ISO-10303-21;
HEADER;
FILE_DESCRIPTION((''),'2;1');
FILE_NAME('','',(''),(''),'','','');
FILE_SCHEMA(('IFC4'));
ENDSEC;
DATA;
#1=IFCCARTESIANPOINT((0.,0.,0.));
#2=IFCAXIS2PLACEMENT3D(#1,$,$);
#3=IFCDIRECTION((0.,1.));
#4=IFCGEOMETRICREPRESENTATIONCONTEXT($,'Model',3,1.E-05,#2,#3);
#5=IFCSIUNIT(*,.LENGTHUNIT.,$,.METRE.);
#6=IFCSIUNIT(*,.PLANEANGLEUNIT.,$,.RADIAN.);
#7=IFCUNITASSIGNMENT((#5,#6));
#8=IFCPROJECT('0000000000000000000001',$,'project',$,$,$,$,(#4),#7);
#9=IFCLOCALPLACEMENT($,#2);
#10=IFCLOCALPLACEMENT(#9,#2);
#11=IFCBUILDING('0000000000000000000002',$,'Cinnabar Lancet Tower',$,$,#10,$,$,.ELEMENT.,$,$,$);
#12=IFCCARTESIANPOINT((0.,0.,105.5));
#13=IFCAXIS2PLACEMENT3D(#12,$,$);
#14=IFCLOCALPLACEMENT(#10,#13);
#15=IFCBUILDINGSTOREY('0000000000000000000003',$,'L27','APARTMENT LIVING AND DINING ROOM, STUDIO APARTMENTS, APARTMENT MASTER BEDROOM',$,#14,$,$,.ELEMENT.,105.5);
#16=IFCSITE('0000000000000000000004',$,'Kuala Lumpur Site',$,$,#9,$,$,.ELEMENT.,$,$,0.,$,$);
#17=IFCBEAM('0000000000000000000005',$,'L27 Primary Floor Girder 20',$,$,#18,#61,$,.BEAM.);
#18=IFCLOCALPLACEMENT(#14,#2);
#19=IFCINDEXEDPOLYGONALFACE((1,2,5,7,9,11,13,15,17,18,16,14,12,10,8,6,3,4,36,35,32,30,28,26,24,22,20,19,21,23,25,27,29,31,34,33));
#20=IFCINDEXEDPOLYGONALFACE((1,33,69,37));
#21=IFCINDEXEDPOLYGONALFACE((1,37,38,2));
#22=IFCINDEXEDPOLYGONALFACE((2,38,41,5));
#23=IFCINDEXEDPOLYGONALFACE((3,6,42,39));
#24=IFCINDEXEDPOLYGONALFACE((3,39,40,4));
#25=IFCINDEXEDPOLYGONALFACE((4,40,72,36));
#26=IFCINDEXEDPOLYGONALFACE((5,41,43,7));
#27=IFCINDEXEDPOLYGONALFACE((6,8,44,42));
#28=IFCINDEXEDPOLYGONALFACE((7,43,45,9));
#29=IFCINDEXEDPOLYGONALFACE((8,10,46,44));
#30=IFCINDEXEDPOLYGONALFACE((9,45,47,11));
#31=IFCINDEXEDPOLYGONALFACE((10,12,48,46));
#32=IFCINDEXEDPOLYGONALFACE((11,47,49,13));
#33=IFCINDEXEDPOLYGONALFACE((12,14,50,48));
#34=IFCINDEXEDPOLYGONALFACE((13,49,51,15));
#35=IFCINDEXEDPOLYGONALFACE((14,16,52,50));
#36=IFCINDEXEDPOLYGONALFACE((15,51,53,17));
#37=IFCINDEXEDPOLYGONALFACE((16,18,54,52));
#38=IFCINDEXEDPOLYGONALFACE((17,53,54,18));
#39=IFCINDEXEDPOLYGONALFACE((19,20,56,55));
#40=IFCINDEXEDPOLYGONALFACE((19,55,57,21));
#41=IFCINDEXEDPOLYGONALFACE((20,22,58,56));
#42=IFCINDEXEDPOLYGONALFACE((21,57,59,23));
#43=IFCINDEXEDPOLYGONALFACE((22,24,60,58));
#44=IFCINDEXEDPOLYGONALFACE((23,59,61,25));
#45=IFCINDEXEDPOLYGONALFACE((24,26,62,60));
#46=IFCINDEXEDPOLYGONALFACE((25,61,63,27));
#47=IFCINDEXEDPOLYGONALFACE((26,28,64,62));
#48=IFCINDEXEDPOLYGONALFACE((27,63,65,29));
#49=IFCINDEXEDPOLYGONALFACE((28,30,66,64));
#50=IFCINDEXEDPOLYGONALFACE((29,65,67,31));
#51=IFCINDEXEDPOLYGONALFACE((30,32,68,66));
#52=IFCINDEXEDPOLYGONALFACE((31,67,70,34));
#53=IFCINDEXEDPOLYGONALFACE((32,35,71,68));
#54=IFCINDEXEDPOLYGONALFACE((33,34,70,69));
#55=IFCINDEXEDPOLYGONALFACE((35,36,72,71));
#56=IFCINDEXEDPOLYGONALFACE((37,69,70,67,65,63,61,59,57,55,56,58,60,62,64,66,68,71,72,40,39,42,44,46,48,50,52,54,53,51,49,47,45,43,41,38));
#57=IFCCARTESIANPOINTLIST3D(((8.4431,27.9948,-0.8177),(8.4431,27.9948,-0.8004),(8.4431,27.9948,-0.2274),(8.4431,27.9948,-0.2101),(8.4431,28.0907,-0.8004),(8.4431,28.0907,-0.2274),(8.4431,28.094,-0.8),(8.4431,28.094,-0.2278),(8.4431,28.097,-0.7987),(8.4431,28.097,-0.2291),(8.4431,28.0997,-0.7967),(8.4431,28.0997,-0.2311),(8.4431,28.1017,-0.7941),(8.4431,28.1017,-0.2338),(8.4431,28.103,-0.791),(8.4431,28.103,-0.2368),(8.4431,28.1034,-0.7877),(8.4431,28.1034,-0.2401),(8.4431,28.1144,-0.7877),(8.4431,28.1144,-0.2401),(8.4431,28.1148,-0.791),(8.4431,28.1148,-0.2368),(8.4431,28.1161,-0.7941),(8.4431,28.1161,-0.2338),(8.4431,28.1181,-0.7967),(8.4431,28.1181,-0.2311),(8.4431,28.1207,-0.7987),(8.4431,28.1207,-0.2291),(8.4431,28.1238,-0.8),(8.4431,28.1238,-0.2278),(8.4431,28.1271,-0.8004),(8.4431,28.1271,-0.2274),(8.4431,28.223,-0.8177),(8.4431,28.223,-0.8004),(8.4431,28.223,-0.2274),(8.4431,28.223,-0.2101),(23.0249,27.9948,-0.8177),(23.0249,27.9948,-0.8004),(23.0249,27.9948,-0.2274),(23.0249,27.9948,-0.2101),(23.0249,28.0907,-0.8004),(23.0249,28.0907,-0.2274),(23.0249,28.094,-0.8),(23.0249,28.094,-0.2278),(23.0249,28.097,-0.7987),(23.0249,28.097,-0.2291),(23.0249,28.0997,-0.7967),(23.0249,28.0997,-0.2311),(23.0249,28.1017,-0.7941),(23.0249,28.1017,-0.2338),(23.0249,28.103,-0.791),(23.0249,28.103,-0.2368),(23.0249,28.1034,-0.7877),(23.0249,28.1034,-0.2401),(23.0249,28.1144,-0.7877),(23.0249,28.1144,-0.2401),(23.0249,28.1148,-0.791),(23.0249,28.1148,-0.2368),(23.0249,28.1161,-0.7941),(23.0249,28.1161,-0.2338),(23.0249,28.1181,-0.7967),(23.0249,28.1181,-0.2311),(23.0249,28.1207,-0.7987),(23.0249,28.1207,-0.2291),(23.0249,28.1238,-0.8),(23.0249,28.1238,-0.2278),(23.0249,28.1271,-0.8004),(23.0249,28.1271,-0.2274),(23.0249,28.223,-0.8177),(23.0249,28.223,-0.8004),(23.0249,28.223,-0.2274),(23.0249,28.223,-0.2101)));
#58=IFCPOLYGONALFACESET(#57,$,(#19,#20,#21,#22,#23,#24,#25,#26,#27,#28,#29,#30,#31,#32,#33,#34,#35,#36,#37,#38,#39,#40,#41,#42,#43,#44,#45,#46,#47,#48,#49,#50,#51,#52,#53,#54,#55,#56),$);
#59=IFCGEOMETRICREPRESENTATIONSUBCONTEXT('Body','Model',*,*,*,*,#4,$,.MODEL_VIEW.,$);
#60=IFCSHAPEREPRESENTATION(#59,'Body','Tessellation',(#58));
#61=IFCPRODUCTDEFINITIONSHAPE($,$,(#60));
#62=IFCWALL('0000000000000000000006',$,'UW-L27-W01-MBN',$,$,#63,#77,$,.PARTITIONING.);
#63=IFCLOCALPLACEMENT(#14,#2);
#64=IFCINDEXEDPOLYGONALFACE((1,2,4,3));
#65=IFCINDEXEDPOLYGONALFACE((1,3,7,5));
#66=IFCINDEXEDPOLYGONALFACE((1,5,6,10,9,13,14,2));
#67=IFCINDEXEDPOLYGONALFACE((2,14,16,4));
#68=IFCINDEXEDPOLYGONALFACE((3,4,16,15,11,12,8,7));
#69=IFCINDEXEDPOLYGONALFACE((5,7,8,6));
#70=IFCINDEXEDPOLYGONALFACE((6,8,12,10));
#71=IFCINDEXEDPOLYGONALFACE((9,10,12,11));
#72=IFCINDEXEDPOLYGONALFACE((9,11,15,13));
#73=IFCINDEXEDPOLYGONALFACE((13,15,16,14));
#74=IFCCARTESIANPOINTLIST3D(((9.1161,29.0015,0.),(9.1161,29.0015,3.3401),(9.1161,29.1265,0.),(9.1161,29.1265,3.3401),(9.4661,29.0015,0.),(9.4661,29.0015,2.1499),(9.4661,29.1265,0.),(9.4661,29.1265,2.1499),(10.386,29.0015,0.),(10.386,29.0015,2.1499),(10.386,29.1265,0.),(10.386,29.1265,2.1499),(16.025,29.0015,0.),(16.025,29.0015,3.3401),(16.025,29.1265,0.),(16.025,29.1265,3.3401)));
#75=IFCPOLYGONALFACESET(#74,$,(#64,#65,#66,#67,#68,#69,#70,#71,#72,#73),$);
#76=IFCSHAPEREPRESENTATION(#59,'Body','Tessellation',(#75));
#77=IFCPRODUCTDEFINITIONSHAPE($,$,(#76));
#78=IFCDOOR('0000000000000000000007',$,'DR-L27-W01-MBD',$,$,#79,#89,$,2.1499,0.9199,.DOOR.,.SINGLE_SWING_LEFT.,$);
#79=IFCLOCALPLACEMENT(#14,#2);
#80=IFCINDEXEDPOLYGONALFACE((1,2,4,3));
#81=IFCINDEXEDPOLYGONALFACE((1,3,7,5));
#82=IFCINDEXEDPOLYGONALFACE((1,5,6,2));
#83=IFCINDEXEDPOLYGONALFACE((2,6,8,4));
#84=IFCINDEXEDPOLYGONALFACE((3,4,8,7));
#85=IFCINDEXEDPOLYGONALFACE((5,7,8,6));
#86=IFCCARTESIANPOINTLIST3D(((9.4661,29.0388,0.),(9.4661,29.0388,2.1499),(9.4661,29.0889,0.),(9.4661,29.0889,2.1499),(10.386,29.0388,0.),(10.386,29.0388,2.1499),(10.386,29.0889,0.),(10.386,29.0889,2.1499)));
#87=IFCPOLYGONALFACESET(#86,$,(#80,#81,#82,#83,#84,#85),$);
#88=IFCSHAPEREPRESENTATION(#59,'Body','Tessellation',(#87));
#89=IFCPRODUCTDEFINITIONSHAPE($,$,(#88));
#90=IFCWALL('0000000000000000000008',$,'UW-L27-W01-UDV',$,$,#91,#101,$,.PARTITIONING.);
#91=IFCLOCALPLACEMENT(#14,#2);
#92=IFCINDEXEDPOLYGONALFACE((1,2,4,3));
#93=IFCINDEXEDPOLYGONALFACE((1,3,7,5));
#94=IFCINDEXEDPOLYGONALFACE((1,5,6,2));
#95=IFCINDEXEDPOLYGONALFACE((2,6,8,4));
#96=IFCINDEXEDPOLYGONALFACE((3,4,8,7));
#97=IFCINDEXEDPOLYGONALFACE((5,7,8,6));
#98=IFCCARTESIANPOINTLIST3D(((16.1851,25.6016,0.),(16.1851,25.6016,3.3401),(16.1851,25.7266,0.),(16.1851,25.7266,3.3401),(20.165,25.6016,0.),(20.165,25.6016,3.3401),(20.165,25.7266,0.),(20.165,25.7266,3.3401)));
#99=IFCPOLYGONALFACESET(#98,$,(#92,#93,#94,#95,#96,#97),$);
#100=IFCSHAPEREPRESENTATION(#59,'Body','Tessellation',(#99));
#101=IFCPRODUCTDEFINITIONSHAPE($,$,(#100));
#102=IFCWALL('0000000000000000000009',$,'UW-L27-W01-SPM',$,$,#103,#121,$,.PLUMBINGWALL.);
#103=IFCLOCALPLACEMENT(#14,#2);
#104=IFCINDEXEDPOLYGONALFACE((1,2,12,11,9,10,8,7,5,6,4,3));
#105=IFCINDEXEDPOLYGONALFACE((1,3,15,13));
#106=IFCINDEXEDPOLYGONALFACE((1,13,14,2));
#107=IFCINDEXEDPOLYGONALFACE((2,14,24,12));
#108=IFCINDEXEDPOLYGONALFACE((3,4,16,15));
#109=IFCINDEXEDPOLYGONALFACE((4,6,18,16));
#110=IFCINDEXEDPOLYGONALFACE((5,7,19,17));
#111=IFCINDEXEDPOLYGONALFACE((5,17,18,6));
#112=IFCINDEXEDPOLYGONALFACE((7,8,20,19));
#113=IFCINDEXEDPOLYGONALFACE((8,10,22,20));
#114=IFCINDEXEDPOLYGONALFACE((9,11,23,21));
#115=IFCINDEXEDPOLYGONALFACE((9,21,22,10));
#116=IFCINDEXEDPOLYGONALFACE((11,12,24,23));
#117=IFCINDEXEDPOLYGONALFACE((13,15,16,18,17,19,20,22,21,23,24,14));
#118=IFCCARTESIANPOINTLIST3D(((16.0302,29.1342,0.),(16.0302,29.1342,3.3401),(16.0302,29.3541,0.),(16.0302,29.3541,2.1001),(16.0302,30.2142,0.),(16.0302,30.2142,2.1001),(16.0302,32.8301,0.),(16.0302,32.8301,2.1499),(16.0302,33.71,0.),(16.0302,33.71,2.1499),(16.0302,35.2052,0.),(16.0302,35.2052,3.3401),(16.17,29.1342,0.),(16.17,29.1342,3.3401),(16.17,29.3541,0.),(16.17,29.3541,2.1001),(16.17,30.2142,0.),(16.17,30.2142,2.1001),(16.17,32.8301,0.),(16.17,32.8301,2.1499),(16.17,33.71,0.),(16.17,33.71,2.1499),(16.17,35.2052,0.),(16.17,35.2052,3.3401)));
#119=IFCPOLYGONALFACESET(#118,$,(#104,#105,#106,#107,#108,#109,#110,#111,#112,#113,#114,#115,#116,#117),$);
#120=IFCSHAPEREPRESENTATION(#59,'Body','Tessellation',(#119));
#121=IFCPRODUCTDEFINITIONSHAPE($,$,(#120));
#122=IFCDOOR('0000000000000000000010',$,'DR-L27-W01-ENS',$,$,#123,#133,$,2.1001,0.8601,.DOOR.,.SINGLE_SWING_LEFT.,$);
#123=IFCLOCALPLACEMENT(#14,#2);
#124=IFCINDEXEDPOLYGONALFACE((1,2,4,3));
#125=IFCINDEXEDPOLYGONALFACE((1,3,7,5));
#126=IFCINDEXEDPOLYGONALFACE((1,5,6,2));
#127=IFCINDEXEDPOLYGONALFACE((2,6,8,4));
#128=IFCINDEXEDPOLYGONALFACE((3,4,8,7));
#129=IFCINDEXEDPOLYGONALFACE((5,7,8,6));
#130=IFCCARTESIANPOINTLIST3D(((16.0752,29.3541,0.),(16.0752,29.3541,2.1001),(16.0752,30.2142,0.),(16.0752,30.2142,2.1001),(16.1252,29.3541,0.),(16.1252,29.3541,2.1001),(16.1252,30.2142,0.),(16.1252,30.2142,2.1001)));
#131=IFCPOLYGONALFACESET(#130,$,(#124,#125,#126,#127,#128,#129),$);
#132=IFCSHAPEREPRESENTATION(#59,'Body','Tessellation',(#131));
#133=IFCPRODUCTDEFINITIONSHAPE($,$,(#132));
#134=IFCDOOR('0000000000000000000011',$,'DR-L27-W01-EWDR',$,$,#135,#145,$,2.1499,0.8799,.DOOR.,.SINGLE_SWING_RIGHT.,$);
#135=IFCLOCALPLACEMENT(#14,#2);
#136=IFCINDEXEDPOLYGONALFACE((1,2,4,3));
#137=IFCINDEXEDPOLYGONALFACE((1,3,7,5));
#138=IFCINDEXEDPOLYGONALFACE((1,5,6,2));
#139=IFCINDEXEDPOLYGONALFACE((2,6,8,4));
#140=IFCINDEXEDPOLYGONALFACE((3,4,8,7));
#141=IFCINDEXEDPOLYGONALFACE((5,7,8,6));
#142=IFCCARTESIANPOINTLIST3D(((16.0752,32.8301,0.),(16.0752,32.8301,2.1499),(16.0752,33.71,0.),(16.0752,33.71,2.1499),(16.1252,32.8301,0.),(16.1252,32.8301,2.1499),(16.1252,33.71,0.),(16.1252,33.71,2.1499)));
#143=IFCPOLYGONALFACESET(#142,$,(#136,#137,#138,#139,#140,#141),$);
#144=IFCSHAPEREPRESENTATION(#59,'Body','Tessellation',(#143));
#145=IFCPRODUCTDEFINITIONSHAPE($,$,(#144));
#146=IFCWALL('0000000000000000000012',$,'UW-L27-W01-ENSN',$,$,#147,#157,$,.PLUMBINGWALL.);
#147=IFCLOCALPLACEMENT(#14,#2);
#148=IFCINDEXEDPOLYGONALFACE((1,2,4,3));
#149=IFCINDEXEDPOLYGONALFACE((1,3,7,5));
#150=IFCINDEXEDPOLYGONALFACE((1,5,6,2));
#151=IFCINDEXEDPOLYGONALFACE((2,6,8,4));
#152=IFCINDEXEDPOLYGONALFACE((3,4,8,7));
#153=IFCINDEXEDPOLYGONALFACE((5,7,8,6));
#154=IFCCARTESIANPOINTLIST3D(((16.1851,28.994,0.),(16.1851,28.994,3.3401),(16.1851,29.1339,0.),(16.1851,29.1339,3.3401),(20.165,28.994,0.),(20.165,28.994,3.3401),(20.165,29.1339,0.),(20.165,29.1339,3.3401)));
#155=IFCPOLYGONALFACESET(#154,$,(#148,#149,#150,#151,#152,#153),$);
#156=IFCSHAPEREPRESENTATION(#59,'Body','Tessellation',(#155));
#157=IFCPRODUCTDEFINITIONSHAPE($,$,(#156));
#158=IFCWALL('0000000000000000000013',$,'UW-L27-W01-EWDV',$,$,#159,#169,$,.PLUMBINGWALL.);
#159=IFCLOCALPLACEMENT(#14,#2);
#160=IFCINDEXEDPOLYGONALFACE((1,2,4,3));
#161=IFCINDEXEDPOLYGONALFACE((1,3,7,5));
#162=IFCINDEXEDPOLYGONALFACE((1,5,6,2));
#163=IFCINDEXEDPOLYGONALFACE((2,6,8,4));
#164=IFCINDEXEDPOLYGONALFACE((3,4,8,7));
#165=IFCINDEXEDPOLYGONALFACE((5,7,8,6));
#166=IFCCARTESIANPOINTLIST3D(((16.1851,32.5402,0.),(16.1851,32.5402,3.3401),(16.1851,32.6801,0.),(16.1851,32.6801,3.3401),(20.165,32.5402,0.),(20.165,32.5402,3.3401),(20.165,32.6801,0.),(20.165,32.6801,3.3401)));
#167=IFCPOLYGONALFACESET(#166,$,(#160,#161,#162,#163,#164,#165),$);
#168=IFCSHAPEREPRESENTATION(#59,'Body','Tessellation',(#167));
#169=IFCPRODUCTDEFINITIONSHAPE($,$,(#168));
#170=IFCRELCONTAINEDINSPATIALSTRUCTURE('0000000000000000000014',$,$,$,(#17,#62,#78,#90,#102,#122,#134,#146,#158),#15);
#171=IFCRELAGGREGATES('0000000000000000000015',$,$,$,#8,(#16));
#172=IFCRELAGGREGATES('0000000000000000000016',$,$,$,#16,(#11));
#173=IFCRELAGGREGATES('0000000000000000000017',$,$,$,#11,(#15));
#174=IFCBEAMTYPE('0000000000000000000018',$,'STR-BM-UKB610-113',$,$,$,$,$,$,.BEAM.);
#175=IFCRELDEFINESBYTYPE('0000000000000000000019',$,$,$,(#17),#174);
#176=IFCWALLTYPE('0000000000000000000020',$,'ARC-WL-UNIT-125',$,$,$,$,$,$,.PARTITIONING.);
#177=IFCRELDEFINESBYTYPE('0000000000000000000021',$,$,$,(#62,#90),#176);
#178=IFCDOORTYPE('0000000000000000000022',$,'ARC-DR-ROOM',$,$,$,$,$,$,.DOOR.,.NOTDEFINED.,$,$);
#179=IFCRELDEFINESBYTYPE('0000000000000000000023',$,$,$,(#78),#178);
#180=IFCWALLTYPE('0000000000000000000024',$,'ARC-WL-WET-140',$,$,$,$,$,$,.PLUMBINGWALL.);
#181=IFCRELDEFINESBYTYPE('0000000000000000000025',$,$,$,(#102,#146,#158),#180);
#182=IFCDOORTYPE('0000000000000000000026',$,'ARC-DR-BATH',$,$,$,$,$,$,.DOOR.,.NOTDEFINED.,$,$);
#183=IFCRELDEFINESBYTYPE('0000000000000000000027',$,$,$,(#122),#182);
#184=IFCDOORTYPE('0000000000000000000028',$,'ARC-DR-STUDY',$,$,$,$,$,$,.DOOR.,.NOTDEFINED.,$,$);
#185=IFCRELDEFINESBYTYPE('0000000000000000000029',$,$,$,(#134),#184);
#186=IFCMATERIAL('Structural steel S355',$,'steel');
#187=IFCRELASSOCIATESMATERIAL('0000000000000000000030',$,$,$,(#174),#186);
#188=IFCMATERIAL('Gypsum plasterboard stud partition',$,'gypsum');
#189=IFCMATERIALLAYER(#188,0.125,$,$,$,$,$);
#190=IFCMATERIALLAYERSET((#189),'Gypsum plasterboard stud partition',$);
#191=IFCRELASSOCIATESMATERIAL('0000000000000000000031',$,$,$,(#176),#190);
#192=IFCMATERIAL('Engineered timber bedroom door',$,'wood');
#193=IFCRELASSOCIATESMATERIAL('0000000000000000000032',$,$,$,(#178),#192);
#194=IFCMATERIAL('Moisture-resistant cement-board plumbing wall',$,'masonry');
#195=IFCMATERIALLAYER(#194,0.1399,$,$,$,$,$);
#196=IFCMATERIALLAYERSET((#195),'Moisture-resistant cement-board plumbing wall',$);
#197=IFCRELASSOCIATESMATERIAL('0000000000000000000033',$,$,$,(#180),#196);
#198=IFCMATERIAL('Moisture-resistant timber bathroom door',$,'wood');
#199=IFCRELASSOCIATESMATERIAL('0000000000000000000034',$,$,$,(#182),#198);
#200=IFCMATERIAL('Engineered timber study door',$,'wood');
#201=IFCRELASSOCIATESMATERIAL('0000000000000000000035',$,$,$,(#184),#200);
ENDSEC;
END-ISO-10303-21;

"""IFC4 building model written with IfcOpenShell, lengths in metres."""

from ifc_helpers import new_model, si_unit, direction, frame, frame_2d, origin, origin_2d, place, context, subcontext, project, spatial, rectangle, i_section, extrude, material, layer, layer_set, material_profile, profile_set, type_object, element, fill, save


model = new_model("IFC4")

# Units and contexts
model_context = context("Model", 3, precision=1e-05, world=origin(), true_north=direction((0.0, 1.0)))
body_context = subcontext(model_context, "Body", "Model", "MODEL_VIEW")
ifc_project = project(units=[si_unit("LENGTHUNIT", "METRE"), si_unit("PLANEANGLEUNIT", "RADIAN")], contexts=[model_context])

# Site, building, storey
site_placement = place(None, origin())
site = spatial("IfcSite", under=ifc_project, at=site_placement, Name="Kuala Lumpur Site", CompositionType="ELEMENT", RefElevation=0.0)
building_placement = place(site_placement, origin())
building = spatial("IfcBuilding", under=site, at=building_placement, Name="Cinnabar Lancet Tower", CompositionType="ELEMENT")
storey_placement = place(building_placement, frame((0.0, 0.0, 105.5)))
storey = spatial("IfcBuildingStorey", under=building, at=storey_placement, Name="L27", Description="APARTMENT LIVING AND DINING ROOM, STUDIO APARTMENTS, APARTMENT MASTER BEDROOM", CompositionType="ELEMENT", Elevation=105.5)

# Beam
ifc_material_1 = material(Name="Structural steel S355", Category="steel")
ifc_material_profile_1 = material_profile(ifc_material_1, i_section(OverallWidth=0.2283, OverallDepth=0.6077, WebThickness=0.011, FlangeThickness=0.0173, FilletRadius=0.0127, at=origin_2d()), Name="UKB 610x229x113")
ifc_profile_set_1 = profile_set([ifc_material_profile_1], Name="Structural steel S355")
beam_type_1 = type_object("IfcBeamType", Name="STR-BM-UKB610-113", PredefinedType="BEAM", material=ifc_profile_set_1)
beam_1_placement = place(storey_placement, frame((8.4431, 28.1089, -0.5139), z_axis=(1.0, 0.0, 0.0), x_axis=(0.0, 1.0, 0.0)))
element("IfcBeam", 1, at=beam_1_placement, inside=storey, type_object=beam_type_1, Name="L27 Primary Floor Girder 20", PredefinedType="BEAM", context=body_context, shape_type="SweptSolid", body=[
    extrude(i_section(OverallWidth=0.2283, OverallDepth=0.6077, WebThickness=0.011, FlangeThickness=0.0173, FilletRadius=0.0127, at=origin_2d()), origin(), (0.0, 0.0, 1.0), 14.5818),
])

# Wall, opening, door
ifc_material_2 = material(Name="Gypsum plasterboard stud partition", Category="gypsum")
ifc_layer_1 = layer(ifc_material_2, 0.125)
ifc_layer_set_1 = layer_set([ifc_layer_1], Name="Gypsum plasterboard stud partition")
wall_type_1 = type_object("IfcWallType", Name="ARC-WL-UNIT-125", PredefinedType="PARTITIONING", material=ifc_layer_set_1)
wall_1_placement = place(storey_placement, frame((9.116, 29.064, 0.0), z_axis=(0.0, 0.0, 1.0), x_axis=(1.0, 0.0, 0.0)))
wall_1 = element("IfcWall", 2, at=wall_1_placement, inside=storey, type_object=wall_type_1, Name="UW-L27-W01-MBN", PredefinedType="PARTITIONING", context=body_context, shape_type="SweptSolid", body=[
    extrude(rectangle(XDim=6.9089, YDim=0.125, at=frame_2d((3.4546, 0.0))), origin(), (0.0, 0.0, 1.0), 3.3401),
])
opening_1_placement = place(wall_1_placement, frame((0.3501, 0.0, 0.0)))
opening_1 = element("IfcOpeningElement", 3, at=opening_1_placement, cuts=wall_1, PredefinedType="OPENING", context=body_context, shape_type="SweptSolid", body=[
    extrude(rectangle(XDim=0.9199, YDim=2.1499, at=frame_2d((0.46, 1.075))), frame((0.0, 0.0725, 0.0), z_axis=(0.0, -1.0, 0.0), x_axis=(1.0, 0.0, 0.0)), (0.0, 0.0, 1.0), 0.145),
])
ifc_material_3 = material(Name="Engineered timber bedroom door", Category="wood")
door_type_1 = type_object("IfcDoorType", Name="ARC-DR-ROOM", OperationType="NOTDEFINED", PredefinedType="DOOR", material=ifc_material_3)
door_1_placement = place(opening_1_placement, origin())
door_1 = element("IfcDoor", 4, at=door_1_placement, inside=storey, type_object=door_type_1, Name="DR-L27-W01-MBD", OperationType="SINGLE_SWING_LEFT", OverallHeight=2.1499, OverallWidth=0.9199, PredefinedType="DOOR", context=body_context, shape_type="SweptSolid", body=[
    extrude(rectangle(XDim=0.9199, YDim=2.1499, at=frame_2d((0.46, 1.075))), frame((0.0, 0.0249, 0.0), z_axis=(0.0, -1.0, 0.0), x_axis=(1.0, 0.0, 0.0)), (0.0, 0.0, 1.0), 0.05),
])
fill(opening_1, door_1)

# Wall
wall_2_placement = place(storey_placement, frame((16.1851, 25.6641, 0.0), z_axis=(0.0, 0.0, 1.0), x_axis=(1.0, 0.0, 0.0)))
element("IfcWall", 5, at=wall_2_placement, inside=storey, type_object=wall_type_1, Name="UW-L27-W01-UDV", PredefinedType="PARTITIONING", context=body_context, shape_type="SweptSolid", body=[
    extrude(rectangle(XDim=3.98, YDim=0.125, at=frame_2d((1.99, 0.0))), origin(), (0.0, 0.0, 1.0), 3.3401),
])

# Wall, openings, doors
ifc_material_4 = material(Name="Moisture-resistant cement-board plumbing wall", Category="masonry")
ifc_layer_2 = layer(ifc_material_4, 0.1399)
ifc_layer_set_2 = layer_set([ifc_layer_2], Name="Moisture-resistant cement-board plumbing wall")
wall_type_2 = type_object("IfcWallType", Name="ARC-WL-WET-140", PredefinedType="PLUMBINGWALL", material=ifc_layer_set_2)
wall_3_placement = place(storey_placement, frame((16.1001, 29.134, 0.0), z_axis=(0.0, 0.0, 1.0), x_axis=(0.0, 1.0, 0.0)))
wall_3 = element("IfcWall", 6, at=wall_3_placement, inside=storey, type_object=wall_type_2, Name="UW-L27-W01-SPM", PredefinedType="PLUMBINGWALL", context=body_context, shape_type="SweptSolid", body=[
    extrude(rectangle(XDim=6.071, YDim=0.1399, at=frame_2d((3.0356, 0.0))), origin(), (0.0, 0.0, 1.0), 3.3401),
])
opening_2_placement = place(wall_3_placement, frame((0.22, 0.0, 0.0)))
opening_2 = element("IfcOpeningElement", 7, at=opening_2_placement, cuts=wall_3, PredefinedType="OPENING", context=body_context, shape_type="SweptSolid", body=[
    extrude(rectangle(XDim=0.8601, YDim=2.1001, at=frame_2d((0.4302, 1.05))), frame((0.0, 0.0798, 0.0), z_axis=(0.0, -1.0, 0.0), x_axis=(1.0, 0.0, 0.0)), (0.0, 0.0, 1.0), 0.1599),
])
opening_3_placement = place(wall_3_placement, frame((3.696, 0.0, 0.0)))
opening_3 = element("IfcOpeningElement", 8, at=opening_3_placement, cuts=wall_3, PredefinedType="OPENING", context=body_context, shape_type="SweptSolid", body=[
    extrude(rectangle(XDim=0.8799, YDim=2.1499, at=frame_2d((0.4399, 1.075))), frame((0.0, 0.0798, 0.0), z_axis=(0.0, -1.0, 0.0), x_axis=(1.0, 0.0, 0.0)), (0.0, 0.0, 1.0), 0.1599),
])
ifc_material_5 = material(Name="Moisture-resistant timber bathroom door", Category="wood")
door_type_2 = type_object("IfcDoorType", Name="ARC-DR-BATH", OperationType="NOTDEFINED", PredefinedType="DOOR", material=ifc_material_5)
door_2_placement = place(opening_2_placement, origin())
door_2 = element("IfcDoor", 9, at=door_2_placement, inside=storey, type_object=door_type_2, Name="DR-L27-W01-ENS", OperationType="SINGLE_SWING_LEFT", OverallHeight=2.1001, OverallWidth=0.8601, PredefinedType="DOOR", context=body_context, shape_type="SweptSolid", body=[
    extrude(rectangle(XDim=0.8601, YDim=2.1001, at=frame_2d((0.4302, 1.05))), frame((0.0, 0.0249, 0.0), z_axis=(0.0, -1.0, 0.0), x_axis=(1.0, 0.0, 0.0)), (0.0, 0.0, 1.0), 0.05),
])
fill(opening_2, door_2)
ifc_material_6 = material(Name="Engineered timber study door", Category="wood")
door_type_3 = type_object("IfcDoorType", Name="ARC-DR-STUDY", OperationType="NOTDEFINED", PredefinedType="DOOR", material=ifc_material_6)
door_3_placement = place(opening_3_placement, origin())
door_3 = element("IfcDoor", 10, at=door_3_placement, inside=storey, type_object=door_type_3, Name="DR-L27-W01-EWDR", OperationType="SINGLE_SWING_RIGHT", OverallHeight=2.1499, OverallWidth=0.8799, PredefinedType="DOOR", context=body_context, shape_type="SweptSolid", body=[
    extrude(rectangle(XDim=0.8799, YDim=2.1499, at=frame_2d((0.4399, 1.075))), frame((0.0, 0.0249, 0.0), z_axis=(0.0, -1.0, 0.0), x_axis=(1.0, 0.0, 0.0)), (0.0, 0.0, 1.0), 0.05),
])
fill(opening_3, door_3)

# Walls
for number, where, z_axis, x_axis, name in (
    (11, (16.1851, 29.064, 0.0), (0.0, 0.0, 1.0), (1.0, 0.0, 0.0), "UW-L27-W01-ENSN"),
    (12, (16.1851, 32.6101, 0.0), (0.0, 0.0, 1.0), (1.0, 0.0, 0.0), "UW-L27-W01-EWDV"),
):
    element("IfcWall", number, at=place(storey_placement, frame(where, z_axis=z_axis, x_axis=x_axis)), inside=storey, type_object=wall_type_2, Name=name, PredefinedType="PLUMBINGWALL", context=body_context, shape_type="SweptSolid", body=[
        extrude(rectangle(XDim=3.98, YDim=0.1399, at=frame_2d((1.99, 0.0))), origin(), (0.0, 0.0, 1.0), 3.3401),
    ])

save(model, "model.ifc")
